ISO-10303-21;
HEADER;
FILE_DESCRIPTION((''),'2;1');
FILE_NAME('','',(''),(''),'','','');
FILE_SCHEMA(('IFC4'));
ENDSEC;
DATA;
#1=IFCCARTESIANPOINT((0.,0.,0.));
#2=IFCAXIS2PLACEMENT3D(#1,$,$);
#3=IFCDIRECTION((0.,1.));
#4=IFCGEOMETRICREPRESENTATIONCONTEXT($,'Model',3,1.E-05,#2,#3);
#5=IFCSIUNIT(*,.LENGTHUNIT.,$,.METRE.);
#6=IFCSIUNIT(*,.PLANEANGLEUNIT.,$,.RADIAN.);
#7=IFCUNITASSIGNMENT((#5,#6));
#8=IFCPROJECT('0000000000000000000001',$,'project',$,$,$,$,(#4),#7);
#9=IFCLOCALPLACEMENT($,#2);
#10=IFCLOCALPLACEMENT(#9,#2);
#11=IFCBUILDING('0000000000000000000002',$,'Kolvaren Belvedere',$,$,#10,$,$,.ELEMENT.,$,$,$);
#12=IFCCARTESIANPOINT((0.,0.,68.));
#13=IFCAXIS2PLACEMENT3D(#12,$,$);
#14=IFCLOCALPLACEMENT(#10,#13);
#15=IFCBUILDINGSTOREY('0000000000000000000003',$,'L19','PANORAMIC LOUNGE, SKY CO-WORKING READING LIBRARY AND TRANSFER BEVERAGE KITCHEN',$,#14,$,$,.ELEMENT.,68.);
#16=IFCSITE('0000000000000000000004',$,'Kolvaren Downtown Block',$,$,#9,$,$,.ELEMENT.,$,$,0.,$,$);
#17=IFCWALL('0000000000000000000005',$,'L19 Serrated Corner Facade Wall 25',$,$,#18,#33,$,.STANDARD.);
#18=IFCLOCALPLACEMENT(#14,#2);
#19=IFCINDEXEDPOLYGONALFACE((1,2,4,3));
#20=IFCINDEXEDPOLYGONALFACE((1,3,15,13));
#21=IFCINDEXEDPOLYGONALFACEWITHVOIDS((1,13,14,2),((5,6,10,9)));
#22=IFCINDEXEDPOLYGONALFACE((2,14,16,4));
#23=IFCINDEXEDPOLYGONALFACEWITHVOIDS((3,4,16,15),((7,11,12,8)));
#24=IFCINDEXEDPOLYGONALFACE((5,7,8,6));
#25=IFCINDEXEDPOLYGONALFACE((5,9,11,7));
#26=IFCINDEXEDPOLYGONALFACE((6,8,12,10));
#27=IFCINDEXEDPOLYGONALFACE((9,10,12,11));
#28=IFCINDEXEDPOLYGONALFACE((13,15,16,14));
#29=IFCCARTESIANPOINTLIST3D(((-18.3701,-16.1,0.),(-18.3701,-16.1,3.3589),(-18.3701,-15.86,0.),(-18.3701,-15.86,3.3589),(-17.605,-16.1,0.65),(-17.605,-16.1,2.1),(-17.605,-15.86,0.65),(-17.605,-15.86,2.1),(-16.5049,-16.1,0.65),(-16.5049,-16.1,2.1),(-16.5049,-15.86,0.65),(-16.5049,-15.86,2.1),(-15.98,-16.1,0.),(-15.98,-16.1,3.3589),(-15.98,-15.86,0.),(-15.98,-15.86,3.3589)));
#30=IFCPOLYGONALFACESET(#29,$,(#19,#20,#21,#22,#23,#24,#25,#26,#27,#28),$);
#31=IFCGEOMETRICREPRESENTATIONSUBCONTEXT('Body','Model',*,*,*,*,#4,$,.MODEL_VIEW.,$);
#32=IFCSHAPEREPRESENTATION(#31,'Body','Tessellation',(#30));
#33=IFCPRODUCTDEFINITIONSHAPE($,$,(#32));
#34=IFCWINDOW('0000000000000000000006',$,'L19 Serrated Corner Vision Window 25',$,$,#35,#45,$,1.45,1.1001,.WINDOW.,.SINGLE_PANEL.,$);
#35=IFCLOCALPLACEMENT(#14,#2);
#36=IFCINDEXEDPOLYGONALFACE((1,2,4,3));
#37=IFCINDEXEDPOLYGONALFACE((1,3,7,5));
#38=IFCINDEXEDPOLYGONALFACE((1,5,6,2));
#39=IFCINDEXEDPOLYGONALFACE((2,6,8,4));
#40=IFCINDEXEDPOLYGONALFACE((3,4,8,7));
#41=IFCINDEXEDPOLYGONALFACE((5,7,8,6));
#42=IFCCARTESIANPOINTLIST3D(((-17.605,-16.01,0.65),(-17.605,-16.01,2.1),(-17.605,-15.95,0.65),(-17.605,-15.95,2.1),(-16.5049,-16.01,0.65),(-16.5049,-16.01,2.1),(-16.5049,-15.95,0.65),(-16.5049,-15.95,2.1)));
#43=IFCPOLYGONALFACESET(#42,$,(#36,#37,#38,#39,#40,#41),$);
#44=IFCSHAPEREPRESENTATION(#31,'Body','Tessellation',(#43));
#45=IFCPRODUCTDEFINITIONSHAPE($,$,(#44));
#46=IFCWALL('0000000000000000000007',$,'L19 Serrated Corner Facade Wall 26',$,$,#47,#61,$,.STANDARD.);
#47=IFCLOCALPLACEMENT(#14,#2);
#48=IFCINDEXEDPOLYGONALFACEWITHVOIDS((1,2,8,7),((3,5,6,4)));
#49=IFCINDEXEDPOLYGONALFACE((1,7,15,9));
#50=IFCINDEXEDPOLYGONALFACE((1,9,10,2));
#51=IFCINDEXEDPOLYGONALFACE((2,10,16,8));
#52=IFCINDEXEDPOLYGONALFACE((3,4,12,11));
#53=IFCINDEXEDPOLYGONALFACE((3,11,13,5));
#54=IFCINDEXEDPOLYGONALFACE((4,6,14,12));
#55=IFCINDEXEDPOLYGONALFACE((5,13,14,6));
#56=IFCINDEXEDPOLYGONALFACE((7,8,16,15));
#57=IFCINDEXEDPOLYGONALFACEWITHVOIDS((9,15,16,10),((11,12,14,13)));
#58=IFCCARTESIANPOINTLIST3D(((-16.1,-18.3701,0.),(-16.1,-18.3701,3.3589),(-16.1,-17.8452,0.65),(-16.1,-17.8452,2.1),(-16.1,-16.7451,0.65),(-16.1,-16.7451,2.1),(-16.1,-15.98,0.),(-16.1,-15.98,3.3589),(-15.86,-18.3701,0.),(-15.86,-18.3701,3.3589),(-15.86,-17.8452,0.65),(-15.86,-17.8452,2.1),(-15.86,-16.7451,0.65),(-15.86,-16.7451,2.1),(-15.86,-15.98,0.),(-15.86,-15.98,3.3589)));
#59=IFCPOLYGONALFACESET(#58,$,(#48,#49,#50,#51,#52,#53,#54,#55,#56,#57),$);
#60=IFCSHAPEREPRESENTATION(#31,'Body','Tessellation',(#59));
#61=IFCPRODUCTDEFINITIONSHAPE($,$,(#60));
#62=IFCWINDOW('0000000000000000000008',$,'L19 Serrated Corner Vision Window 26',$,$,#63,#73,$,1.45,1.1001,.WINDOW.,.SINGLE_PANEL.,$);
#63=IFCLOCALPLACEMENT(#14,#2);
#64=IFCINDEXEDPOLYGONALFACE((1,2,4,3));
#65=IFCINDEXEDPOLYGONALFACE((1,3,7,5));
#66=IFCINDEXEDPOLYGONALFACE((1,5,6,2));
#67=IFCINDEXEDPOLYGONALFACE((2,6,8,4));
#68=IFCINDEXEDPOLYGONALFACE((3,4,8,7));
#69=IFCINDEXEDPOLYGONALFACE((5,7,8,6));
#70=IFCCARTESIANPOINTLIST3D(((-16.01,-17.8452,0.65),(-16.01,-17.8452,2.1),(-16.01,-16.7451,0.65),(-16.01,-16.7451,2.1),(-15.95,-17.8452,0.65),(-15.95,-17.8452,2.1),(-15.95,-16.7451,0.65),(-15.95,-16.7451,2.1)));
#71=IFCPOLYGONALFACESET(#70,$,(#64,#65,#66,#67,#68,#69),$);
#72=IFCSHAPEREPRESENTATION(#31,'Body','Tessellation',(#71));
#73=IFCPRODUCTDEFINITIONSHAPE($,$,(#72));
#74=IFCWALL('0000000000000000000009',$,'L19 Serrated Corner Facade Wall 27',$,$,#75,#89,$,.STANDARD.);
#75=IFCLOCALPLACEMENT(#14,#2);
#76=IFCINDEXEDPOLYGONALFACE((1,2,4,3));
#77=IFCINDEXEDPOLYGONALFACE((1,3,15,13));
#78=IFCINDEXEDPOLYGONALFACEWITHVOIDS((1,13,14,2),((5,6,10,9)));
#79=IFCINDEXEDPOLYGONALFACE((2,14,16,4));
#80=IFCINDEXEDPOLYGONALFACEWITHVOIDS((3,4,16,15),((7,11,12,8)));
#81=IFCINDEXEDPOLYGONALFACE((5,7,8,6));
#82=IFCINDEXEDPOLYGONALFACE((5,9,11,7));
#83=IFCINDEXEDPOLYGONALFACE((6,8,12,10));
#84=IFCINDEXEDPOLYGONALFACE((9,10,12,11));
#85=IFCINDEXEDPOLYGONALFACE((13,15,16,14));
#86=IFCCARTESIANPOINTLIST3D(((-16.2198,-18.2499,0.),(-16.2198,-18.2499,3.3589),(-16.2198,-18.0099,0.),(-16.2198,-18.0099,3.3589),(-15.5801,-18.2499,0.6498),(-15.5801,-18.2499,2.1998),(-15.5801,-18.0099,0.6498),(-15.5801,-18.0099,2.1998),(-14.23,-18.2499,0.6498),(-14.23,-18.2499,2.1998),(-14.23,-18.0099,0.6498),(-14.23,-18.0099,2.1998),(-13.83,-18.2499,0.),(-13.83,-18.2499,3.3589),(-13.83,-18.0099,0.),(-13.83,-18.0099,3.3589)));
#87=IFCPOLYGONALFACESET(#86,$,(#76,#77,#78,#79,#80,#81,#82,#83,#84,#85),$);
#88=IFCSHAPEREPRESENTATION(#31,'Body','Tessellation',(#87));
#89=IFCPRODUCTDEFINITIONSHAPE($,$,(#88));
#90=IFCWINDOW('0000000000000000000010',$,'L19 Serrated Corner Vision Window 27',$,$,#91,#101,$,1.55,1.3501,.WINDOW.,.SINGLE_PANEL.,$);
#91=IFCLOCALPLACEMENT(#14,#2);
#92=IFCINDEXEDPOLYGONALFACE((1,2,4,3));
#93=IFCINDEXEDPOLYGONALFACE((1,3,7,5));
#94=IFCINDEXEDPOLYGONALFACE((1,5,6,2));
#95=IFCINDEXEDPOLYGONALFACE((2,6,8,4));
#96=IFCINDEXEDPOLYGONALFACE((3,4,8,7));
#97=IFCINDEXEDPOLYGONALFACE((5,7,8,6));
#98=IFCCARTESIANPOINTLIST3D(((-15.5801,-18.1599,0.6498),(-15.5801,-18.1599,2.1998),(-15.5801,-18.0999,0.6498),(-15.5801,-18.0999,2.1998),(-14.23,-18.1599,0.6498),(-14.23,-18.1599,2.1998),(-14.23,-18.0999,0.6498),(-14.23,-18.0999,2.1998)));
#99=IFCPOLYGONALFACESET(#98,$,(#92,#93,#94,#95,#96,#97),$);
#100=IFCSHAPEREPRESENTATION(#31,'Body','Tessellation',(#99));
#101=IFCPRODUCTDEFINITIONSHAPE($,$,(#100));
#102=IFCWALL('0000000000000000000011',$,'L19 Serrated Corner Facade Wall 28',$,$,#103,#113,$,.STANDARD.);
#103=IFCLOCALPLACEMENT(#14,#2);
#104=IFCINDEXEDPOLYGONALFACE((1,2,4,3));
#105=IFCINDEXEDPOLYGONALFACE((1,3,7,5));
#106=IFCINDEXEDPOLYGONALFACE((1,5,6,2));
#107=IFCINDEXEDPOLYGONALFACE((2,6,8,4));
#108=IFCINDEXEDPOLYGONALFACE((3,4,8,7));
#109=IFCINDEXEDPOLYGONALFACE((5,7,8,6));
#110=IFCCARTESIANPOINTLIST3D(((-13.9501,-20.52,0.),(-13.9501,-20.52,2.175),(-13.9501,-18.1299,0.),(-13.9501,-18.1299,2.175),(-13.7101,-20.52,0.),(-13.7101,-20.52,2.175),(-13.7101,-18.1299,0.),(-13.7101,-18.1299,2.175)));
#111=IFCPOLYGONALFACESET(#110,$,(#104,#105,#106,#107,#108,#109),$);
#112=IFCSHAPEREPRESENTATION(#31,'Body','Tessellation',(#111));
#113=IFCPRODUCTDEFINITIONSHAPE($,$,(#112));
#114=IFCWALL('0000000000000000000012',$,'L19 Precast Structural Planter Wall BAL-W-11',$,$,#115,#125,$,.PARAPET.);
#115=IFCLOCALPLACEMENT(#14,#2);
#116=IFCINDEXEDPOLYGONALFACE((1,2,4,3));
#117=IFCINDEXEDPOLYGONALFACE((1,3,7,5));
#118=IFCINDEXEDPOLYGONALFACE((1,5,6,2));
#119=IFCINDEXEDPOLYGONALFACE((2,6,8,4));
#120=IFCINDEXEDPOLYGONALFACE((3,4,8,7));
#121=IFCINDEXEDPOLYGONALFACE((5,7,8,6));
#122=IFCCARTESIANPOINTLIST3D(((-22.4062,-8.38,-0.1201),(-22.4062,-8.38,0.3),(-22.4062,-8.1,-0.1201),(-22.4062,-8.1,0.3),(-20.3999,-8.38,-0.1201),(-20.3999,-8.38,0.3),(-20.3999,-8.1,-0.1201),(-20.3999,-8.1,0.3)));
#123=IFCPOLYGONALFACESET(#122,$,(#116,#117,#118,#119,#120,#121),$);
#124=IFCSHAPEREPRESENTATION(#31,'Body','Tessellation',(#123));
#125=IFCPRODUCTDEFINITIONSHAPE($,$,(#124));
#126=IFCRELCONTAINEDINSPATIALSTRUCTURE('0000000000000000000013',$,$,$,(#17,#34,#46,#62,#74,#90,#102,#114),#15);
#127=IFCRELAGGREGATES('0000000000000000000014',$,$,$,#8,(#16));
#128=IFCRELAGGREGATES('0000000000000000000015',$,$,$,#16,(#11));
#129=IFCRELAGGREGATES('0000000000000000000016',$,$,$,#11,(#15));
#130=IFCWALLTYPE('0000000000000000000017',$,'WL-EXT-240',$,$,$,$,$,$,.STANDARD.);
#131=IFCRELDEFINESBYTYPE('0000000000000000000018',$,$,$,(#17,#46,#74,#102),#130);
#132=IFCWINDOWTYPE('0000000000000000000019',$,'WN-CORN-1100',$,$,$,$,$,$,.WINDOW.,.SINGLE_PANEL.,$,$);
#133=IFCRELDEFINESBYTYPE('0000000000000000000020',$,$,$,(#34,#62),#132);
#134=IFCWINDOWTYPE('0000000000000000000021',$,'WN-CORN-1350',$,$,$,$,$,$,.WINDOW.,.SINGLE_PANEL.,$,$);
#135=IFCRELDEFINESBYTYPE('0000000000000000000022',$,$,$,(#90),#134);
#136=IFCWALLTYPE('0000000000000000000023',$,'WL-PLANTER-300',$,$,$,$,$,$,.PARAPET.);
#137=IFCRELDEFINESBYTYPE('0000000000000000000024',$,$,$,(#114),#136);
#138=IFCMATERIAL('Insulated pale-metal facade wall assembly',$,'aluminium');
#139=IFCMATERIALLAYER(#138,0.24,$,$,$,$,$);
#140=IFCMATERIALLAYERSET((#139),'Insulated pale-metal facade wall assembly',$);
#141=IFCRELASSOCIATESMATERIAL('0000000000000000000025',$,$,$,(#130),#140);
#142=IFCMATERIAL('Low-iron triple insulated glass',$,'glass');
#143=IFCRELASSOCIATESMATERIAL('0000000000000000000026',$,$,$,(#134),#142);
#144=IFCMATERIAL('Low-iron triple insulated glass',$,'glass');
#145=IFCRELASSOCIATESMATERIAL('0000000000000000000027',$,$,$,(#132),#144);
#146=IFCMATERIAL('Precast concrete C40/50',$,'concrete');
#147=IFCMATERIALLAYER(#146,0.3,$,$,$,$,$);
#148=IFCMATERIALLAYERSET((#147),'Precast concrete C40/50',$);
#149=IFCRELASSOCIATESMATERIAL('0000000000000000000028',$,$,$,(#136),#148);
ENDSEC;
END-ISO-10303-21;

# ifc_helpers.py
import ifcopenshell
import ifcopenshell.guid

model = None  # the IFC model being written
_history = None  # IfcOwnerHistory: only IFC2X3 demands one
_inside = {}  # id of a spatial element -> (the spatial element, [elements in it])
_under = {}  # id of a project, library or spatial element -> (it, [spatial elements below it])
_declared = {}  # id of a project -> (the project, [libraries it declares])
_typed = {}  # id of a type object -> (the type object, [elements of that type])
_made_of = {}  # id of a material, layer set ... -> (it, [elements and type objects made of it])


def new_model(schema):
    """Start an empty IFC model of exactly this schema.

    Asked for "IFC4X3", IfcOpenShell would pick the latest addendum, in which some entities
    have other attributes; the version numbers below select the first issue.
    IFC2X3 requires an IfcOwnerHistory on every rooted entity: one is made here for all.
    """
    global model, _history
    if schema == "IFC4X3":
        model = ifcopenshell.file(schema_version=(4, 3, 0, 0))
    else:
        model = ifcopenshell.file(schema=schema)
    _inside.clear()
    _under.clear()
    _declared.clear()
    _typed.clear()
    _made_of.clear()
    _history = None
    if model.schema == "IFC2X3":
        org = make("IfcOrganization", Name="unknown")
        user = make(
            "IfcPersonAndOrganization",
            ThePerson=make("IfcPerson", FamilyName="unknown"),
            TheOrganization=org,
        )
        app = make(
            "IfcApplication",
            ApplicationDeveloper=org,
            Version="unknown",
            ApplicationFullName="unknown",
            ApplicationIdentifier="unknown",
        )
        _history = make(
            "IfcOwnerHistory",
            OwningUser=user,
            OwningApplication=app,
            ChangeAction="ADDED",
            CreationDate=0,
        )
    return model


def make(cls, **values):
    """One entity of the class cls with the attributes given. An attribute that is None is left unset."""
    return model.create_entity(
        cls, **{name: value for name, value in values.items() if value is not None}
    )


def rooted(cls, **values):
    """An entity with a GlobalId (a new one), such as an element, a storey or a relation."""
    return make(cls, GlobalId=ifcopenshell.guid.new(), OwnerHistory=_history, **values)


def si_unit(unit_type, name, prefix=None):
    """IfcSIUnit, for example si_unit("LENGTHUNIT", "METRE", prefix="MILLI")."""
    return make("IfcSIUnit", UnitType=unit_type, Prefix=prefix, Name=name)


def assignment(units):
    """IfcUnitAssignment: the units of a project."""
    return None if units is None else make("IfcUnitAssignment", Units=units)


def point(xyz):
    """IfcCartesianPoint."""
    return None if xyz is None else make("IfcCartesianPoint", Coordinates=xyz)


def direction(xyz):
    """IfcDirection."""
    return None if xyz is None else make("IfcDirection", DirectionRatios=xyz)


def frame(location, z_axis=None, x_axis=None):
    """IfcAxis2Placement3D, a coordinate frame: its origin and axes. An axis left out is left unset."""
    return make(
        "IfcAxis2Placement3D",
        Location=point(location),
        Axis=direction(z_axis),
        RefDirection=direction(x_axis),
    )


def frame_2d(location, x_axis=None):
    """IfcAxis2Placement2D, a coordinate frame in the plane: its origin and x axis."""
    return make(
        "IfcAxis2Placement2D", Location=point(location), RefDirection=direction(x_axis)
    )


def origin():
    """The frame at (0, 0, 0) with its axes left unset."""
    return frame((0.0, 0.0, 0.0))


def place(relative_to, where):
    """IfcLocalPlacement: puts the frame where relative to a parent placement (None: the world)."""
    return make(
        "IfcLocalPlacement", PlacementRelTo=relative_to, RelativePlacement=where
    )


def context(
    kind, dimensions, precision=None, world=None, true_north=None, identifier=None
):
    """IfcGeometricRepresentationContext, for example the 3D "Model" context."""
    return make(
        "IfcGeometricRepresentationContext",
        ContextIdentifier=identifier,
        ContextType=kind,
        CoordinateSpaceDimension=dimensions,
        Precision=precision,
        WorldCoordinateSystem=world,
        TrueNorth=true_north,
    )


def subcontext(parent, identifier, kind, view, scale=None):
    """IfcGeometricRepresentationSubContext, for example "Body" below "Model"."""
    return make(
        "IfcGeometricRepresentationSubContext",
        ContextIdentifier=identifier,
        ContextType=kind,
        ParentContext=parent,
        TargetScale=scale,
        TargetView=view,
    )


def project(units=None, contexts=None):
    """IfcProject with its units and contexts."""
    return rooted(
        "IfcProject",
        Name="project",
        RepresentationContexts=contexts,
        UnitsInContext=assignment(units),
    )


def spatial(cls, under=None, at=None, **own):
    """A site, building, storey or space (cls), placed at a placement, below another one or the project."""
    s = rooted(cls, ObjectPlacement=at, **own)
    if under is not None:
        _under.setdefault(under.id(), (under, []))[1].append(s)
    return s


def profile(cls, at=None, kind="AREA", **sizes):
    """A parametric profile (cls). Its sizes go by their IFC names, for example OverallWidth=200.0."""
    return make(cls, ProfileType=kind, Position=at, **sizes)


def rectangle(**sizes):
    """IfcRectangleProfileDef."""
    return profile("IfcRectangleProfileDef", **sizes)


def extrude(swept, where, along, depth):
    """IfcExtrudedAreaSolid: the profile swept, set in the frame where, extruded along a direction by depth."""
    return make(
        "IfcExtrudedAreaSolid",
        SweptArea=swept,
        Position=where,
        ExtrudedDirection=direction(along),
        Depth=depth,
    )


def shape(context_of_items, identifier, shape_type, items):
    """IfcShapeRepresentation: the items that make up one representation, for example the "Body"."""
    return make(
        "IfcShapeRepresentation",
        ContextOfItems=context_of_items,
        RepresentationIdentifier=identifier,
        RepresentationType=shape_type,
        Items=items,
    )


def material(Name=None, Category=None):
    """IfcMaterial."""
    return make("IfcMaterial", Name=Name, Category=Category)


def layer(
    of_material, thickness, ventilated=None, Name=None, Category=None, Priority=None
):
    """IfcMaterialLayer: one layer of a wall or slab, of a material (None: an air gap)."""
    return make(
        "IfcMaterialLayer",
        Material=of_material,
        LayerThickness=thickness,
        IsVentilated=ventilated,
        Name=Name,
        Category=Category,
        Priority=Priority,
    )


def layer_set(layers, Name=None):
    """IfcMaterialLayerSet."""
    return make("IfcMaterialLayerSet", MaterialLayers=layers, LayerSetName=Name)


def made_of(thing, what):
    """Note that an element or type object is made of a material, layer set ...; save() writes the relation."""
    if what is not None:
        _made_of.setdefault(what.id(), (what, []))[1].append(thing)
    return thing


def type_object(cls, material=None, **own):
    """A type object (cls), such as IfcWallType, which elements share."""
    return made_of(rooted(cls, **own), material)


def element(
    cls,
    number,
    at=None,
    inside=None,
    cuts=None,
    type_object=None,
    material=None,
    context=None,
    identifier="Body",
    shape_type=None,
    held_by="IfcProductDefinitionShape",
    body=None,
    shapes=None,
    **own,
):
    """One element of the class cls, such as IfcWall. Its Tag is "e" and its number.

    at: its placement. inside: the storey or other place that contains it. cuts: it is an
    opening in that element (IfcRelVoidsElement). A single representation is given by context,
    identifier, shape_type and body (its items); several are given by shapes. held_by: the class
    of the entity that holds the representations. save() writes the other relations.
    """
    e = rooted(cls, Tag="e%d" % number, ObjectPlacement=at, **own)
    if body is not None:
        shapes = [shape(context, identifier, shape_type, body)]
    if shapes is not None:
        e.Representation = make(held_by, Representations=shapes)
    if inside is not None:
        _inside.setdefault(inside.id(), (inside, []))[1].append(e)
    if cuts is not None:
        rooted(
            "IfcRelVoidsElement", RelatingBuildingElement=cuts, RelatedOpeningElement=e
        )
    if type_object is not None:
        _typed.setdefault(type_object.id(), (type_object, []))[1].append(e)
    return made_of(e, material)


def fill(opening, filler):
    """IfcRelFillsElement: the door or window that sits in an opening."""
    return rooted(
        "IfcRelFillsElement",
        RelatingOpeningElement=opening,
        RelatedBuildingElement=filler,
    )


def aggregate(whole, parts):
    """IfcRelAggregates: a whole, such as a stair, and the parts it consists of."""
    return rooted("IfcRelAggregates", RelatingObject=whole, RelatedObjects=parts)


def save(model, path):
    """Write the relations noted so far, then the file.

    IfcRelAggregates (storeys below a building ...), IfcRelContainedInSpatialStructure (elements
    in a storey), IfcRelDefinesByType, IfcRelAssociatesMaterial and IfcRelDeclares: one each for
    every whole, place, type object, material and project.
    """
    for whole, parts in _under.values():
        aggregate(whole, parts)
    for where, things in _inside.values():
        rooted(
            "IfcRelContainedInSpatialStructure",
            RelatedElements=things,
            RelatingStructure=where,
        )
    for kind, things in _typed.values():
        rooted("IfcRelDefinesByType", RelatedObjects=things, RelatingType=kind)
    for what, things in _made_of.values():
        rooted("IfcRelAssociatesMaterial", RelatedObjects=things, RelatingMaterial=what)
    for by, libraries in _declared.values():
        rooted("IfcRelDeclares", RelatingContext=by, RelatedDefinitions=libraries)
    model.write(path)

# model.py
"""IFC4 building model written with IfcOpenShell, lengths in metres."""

from ifc_helpers import new_model, si_unit, direction, frame, frame_2d, origin, place, context, subcontext, project, spatial, rectangle, extrude, material, layer, layer_set, type_object, element, fill, save


model = new_model("IFC4")

# Units and contexts
model_context = context("Model", 3, precision=1e-05, world=origin(), true_north=direction((0.0, 1.0)))
body_context = subcontext(model_context, "Body", "Model", "MODEL_VIEW")
ifc_project = project(units=[si_unit("LENGTHUNIT", "METRE"), si_unit("PLANEANGLEUNIT", "RADIAN")], contexts=[model_context])

# Site, building, storey
site_placement = place(None, origin())
site = spatial("IfcSite", under=ifc_project, at=site_placement, Name="Kolvaren Downtown Block", CompositionType="ELEMENT", RefElevation=0.0)
building_placement = place(site_placement, origin())
building = spatial("IfcBuilding", under=site, at=building_placement, Name="Kolvaren Belvedere", CompositionType="ELEMENT")
storey_placement = place(building_placement, frame((0.0, 0.0, 68.0)))
storey = spatial("IfcBuildingStorey", under=building, at=storey_placement, Name="L19", Description="PANORAMIC LOUNGE, SKY CO-WORKING READING LIBRARY AND TRANSFER BEVERAGE KITCHEN", CompositionType="ELEMENT", Elevation=68.0)

# Shared definitions
ifc_material_1 = material(Name="Insulated pale-metal facade wall assembly", Category="aluminium")
ifc_layer_1 = layer(ifc_material_1, 0.24)
ifc_layer_set_1 = layer_set([ifc_layer_1], Name="Insulated pale-metal facade wall assembly")
wall_type_1 = type_object("IfcWallType", Name="WL-EXT-240", PredefinedType="STANDARD", material=ifc_layer_set_1)

# Walls, openings, windows
ifc_material_2 = material(Name="Low-iron triple insulated glass", Category="glass")
window_type_1 = type_object("IfcWindowType", Name="WN-CORN-1350", PartitioningType="SINGLE_PANEL", PredefinedType="WINDOW", material=ifc_material_2)
wall_1_placement = place(storey_placement, frame((-15.98, -15.98, 0.0), z_axis=(0.0, 0.0, 1.0), x_axis=(-1.0, 0.0, 0.0)))
wall_1 = element("IfcWall", 1, at=wall_1_placement, inside=storey, type_object=wall_type_1, Name="L19 Serrated Corner Facade Wall 25", PredefinedType="STANDARD", context=body_context, shape_type="SweptSolid", body=[
    extrude(rectangle(XDim=2.3901, YDim=0.24, at=frame_2d((1.1951, 0.0))), origin(), (0.0, 0.0, 1.0), 3.3589),
])
opening_1_placement = place(wall_1_placement, frame((0.5249, 0.0, 0.6499)))
opening_1 = element("IfcOpeningElement", 2, at=opening_1_placement, cuts=wall_1, PredefinedType="OPENING", context=body_context, shape_type="SweptSolid", body=[
    extrude(rectangle(XDim=1.1001, YDim=1.45, at=frame_2d((0.55, 0.7251))), frame((0.0, 0.1299, 0.0), z_axis=(0.0, -1.0, 0.0), x_axis=(1.0, 0.0, 0.0)), (0.0, 0.0, 1.0), 0.26),
])
ifc_material_3 = material(Name="Low-iron triple insulated glass", Category="glass")
window_type_2 = type_object("IfcWindowType", Name="WN-CORN-1100", PartitioningType="SINGLE_PANEL", PredefinedType="WINDOW", material=ifc_material_3)
window_1_placement = place(opening_1_placement, origin())
window_1 = element("IfcWindow", 3, at=window_1_placement, inside=storey, type_object=window_type_2, Name="L19 Serrated Corner Vision Window 25", OverallHeight=1.45, OverallWidth=1.1001, PartitioningType="SINGLE_PANEL", PredefinedType="WINDOW", context=body_context, shape_type="SweptSolid", body=[
    extrude(rectangle(XDim=1.1001, YDim=1.45, at=frame_2d((0.55, 0.7251))), frame((0.0, 0.03, 0.0), z_axis=(0.0, -1.0, 0.0), x_axis=(1.0, 0.0, 0.0)), (0.0, 0.0, 1.0), 0.0601),
])
fill(opening_1, window_1)
wall_2_placement = place(storey_placement, frame((-15.98, -18.3701, 0.0), z_axis=(0.0, 0.0, 1.0), x_axis=(0.0, 1.0, 0.0)))
wall_2 = element("IfcWall", 4, at=wall_2_placement, inside=storey, type_object=wall_type_1, Name="L19 Serrated Corner Facade Wall 26", PredefinedType="STANDARD", context=body_context, shape_type="SweptSolid", body=[
    extrude(rectangle(XDim=2.3901, YDim=0.24, at=frame_2d((1.1951, 0.0))), origin(), (0.0, 0.0, 1.0), 3.3589),
])
opening_2_placement = place(wall_2_placement, frame((0.5249, 0.0, 0.6499)))
opening_2 = element("IfcOpeningElement", 5, at=opening_2_placement, cuts=wall_2, PredefinedType="OPENING", context=body_context, shape_type="SweptSolid", body=[
    extrude(rectangle(XDim=1.1001, YDim=1.45, at=frame_2d((0.55, 0.7251))), frame((0.0, 0.1299, 0.0), z_axis=(0.0, -1.0, 0.0), x_axis=(1.0, 0.0, 0.0)), (0.0, 0.0, 1.0), 0.26),
])
window_2_placement = place(opening_2_placement, origin())
window_2 = element("IfcWindow", 6, at=window_2_placement, inside=storey, type_object=window_type_2, Name="L19 Serrated Corner Vision Window 26", OverallHeight=1.45, OverallWidth=1.1001, PartitioningType="SINGLE_PANEL", PredefinedType="WINDOW", context=body_context, shape_type="SweptSolid", body=[
    extrude(rectangle(XDim=1.1001, YDim=1.45, at=frame_2d((0.55, 0.7251))), frame((0.0, 0.03, 0.0), z_axis=(0.0, -1.0, 0.0), x_axis=(1.0, 0.0, 0.0)), (0.0, 0.0, 1.0), 0.0601),
])
fill(opening_2, window_2)
wall_3_placement = place(storey_placement, frame((-13.8301, -18.1299, 0.0), z_axis=(0.0, 0.0, 1.0), x_axis=(-1.0, 0.0, 0.0)))
wall_3 = element("IfcWall", 7, at=wall_3_placement, inside=storey, type_object=wall_type_1, Name="L19 Serrated Corner Facade Wall 27", PredefinedType="STANDARD", context=body_context, shape_type="SweptSolid", body=[
    extrude(rectangle(XDim=2.3899, YDim=0.24, at=frame_2d((1.1948, 0.0))), origin(), (0.0, 0.0, 1.0), 3.3589),
])
opening_3_placement = place(wall_3_placement, frame((0.3999, 0.0, 0.6499)))
opening_3 = element("IfcOpeningElement", 8, at=opening_3_placement, cuts=wall_3, PredefinedType="OPENING", context=body_context, shape_type="SweptSolid", body=[
    extrude(rectangle(XDim=1.3501, YDim=1.55, at=frame_2d((0.675, 0.7749))), frame((0.0, 0.1299, 0.0), z_axis=(0.0, -1.0, 0.0), x_axis=(1.0, 0.0, 0.0)), (0.0, 0.0, 1.0), 0.26),
])
window_3_placement = place(opening_3_placement, origin())
window_3 = element("IfcWindow", 9, at=window_3_placement, inside=storey, type_object=window_type_1, Name="L19 Serrated Corner Vision Window 27", OverallHeight=1.55, OverallWidth=1.3501, PartitioningType="SINGLE_PANEL", PredefinedType="WINDOW", context=body_context, shape_type="SweptSolid", body=[
    extrude(rectangle(XDim=1.3501, YDim=1.55, at=frame_2d((0.675, 0.7749))), frame((0.0, 0.03, 0.0), z_axis=(0.0, -1.0, 0.0), x_axis=(1.0, 0.0, 0.0)), (0.0, 0.0, 1.0), 0.0601),
])
fill(opening_3, window_3)

# Walls
wall_4_placement = place(storey_placement, frame((-13.8301, -20.52, 0.0), z_axis=(0.0, 0.0, 1.0), x_axis=(0.0, 1.0, 0.0)))
element("IfcWall", 10, at=wall_4_placement, inside=storey, type_object=wall_type_1, Name="L19 Serrated Corner Facade Wall 28", PredefinedType="STANDARD", context=body_context, shape_type="SweptSolid", body=[
    extrude(rectangle(XDim=2.3901, YDim=0.24, at=frame_2d((1.1951, 0.0))), origin(), (0.0, 0.0, 1.0), 2.175),
])
ifc_material_4 = material(Name="Precast concrete C40/50", Category="concrete")
ifc_layer_2 = layer(ifc_material_4, 0.3)
ifc_layer_set_2 = layer_set([ifc_layer_2], Name="Precast concrete C40/50")
wall_type_2 = type_object("IfcWallType", Name="WL-PLANTER-300", PredefinedType="PARAPET", material=ifc_layer_set_2)
wall_5_placement = place(storey_placement, frame((-22.4062, -8.24, -0.1201), z_axis=(0.0, 0.0, 1.0), x_axis=(1.0, 0.0, 0.0)))
element("IfcWall", 11, at=wall_5_placement, inside=storey, type_object=wall_type_2, Name="L19 Precast Structural Planter Wall BAL-W-11", PredefinedType="PARAPET", context=body_context, shape_type="SweptSolid", body=[
    extrude(rectangle(XDim=2.0063, YDim=0.28, at=frame_2d((1.0032, 0.0))), origin(), (0.0, 0.0, 1.0), 0.4202),
])

save(model, "model.ifc")
